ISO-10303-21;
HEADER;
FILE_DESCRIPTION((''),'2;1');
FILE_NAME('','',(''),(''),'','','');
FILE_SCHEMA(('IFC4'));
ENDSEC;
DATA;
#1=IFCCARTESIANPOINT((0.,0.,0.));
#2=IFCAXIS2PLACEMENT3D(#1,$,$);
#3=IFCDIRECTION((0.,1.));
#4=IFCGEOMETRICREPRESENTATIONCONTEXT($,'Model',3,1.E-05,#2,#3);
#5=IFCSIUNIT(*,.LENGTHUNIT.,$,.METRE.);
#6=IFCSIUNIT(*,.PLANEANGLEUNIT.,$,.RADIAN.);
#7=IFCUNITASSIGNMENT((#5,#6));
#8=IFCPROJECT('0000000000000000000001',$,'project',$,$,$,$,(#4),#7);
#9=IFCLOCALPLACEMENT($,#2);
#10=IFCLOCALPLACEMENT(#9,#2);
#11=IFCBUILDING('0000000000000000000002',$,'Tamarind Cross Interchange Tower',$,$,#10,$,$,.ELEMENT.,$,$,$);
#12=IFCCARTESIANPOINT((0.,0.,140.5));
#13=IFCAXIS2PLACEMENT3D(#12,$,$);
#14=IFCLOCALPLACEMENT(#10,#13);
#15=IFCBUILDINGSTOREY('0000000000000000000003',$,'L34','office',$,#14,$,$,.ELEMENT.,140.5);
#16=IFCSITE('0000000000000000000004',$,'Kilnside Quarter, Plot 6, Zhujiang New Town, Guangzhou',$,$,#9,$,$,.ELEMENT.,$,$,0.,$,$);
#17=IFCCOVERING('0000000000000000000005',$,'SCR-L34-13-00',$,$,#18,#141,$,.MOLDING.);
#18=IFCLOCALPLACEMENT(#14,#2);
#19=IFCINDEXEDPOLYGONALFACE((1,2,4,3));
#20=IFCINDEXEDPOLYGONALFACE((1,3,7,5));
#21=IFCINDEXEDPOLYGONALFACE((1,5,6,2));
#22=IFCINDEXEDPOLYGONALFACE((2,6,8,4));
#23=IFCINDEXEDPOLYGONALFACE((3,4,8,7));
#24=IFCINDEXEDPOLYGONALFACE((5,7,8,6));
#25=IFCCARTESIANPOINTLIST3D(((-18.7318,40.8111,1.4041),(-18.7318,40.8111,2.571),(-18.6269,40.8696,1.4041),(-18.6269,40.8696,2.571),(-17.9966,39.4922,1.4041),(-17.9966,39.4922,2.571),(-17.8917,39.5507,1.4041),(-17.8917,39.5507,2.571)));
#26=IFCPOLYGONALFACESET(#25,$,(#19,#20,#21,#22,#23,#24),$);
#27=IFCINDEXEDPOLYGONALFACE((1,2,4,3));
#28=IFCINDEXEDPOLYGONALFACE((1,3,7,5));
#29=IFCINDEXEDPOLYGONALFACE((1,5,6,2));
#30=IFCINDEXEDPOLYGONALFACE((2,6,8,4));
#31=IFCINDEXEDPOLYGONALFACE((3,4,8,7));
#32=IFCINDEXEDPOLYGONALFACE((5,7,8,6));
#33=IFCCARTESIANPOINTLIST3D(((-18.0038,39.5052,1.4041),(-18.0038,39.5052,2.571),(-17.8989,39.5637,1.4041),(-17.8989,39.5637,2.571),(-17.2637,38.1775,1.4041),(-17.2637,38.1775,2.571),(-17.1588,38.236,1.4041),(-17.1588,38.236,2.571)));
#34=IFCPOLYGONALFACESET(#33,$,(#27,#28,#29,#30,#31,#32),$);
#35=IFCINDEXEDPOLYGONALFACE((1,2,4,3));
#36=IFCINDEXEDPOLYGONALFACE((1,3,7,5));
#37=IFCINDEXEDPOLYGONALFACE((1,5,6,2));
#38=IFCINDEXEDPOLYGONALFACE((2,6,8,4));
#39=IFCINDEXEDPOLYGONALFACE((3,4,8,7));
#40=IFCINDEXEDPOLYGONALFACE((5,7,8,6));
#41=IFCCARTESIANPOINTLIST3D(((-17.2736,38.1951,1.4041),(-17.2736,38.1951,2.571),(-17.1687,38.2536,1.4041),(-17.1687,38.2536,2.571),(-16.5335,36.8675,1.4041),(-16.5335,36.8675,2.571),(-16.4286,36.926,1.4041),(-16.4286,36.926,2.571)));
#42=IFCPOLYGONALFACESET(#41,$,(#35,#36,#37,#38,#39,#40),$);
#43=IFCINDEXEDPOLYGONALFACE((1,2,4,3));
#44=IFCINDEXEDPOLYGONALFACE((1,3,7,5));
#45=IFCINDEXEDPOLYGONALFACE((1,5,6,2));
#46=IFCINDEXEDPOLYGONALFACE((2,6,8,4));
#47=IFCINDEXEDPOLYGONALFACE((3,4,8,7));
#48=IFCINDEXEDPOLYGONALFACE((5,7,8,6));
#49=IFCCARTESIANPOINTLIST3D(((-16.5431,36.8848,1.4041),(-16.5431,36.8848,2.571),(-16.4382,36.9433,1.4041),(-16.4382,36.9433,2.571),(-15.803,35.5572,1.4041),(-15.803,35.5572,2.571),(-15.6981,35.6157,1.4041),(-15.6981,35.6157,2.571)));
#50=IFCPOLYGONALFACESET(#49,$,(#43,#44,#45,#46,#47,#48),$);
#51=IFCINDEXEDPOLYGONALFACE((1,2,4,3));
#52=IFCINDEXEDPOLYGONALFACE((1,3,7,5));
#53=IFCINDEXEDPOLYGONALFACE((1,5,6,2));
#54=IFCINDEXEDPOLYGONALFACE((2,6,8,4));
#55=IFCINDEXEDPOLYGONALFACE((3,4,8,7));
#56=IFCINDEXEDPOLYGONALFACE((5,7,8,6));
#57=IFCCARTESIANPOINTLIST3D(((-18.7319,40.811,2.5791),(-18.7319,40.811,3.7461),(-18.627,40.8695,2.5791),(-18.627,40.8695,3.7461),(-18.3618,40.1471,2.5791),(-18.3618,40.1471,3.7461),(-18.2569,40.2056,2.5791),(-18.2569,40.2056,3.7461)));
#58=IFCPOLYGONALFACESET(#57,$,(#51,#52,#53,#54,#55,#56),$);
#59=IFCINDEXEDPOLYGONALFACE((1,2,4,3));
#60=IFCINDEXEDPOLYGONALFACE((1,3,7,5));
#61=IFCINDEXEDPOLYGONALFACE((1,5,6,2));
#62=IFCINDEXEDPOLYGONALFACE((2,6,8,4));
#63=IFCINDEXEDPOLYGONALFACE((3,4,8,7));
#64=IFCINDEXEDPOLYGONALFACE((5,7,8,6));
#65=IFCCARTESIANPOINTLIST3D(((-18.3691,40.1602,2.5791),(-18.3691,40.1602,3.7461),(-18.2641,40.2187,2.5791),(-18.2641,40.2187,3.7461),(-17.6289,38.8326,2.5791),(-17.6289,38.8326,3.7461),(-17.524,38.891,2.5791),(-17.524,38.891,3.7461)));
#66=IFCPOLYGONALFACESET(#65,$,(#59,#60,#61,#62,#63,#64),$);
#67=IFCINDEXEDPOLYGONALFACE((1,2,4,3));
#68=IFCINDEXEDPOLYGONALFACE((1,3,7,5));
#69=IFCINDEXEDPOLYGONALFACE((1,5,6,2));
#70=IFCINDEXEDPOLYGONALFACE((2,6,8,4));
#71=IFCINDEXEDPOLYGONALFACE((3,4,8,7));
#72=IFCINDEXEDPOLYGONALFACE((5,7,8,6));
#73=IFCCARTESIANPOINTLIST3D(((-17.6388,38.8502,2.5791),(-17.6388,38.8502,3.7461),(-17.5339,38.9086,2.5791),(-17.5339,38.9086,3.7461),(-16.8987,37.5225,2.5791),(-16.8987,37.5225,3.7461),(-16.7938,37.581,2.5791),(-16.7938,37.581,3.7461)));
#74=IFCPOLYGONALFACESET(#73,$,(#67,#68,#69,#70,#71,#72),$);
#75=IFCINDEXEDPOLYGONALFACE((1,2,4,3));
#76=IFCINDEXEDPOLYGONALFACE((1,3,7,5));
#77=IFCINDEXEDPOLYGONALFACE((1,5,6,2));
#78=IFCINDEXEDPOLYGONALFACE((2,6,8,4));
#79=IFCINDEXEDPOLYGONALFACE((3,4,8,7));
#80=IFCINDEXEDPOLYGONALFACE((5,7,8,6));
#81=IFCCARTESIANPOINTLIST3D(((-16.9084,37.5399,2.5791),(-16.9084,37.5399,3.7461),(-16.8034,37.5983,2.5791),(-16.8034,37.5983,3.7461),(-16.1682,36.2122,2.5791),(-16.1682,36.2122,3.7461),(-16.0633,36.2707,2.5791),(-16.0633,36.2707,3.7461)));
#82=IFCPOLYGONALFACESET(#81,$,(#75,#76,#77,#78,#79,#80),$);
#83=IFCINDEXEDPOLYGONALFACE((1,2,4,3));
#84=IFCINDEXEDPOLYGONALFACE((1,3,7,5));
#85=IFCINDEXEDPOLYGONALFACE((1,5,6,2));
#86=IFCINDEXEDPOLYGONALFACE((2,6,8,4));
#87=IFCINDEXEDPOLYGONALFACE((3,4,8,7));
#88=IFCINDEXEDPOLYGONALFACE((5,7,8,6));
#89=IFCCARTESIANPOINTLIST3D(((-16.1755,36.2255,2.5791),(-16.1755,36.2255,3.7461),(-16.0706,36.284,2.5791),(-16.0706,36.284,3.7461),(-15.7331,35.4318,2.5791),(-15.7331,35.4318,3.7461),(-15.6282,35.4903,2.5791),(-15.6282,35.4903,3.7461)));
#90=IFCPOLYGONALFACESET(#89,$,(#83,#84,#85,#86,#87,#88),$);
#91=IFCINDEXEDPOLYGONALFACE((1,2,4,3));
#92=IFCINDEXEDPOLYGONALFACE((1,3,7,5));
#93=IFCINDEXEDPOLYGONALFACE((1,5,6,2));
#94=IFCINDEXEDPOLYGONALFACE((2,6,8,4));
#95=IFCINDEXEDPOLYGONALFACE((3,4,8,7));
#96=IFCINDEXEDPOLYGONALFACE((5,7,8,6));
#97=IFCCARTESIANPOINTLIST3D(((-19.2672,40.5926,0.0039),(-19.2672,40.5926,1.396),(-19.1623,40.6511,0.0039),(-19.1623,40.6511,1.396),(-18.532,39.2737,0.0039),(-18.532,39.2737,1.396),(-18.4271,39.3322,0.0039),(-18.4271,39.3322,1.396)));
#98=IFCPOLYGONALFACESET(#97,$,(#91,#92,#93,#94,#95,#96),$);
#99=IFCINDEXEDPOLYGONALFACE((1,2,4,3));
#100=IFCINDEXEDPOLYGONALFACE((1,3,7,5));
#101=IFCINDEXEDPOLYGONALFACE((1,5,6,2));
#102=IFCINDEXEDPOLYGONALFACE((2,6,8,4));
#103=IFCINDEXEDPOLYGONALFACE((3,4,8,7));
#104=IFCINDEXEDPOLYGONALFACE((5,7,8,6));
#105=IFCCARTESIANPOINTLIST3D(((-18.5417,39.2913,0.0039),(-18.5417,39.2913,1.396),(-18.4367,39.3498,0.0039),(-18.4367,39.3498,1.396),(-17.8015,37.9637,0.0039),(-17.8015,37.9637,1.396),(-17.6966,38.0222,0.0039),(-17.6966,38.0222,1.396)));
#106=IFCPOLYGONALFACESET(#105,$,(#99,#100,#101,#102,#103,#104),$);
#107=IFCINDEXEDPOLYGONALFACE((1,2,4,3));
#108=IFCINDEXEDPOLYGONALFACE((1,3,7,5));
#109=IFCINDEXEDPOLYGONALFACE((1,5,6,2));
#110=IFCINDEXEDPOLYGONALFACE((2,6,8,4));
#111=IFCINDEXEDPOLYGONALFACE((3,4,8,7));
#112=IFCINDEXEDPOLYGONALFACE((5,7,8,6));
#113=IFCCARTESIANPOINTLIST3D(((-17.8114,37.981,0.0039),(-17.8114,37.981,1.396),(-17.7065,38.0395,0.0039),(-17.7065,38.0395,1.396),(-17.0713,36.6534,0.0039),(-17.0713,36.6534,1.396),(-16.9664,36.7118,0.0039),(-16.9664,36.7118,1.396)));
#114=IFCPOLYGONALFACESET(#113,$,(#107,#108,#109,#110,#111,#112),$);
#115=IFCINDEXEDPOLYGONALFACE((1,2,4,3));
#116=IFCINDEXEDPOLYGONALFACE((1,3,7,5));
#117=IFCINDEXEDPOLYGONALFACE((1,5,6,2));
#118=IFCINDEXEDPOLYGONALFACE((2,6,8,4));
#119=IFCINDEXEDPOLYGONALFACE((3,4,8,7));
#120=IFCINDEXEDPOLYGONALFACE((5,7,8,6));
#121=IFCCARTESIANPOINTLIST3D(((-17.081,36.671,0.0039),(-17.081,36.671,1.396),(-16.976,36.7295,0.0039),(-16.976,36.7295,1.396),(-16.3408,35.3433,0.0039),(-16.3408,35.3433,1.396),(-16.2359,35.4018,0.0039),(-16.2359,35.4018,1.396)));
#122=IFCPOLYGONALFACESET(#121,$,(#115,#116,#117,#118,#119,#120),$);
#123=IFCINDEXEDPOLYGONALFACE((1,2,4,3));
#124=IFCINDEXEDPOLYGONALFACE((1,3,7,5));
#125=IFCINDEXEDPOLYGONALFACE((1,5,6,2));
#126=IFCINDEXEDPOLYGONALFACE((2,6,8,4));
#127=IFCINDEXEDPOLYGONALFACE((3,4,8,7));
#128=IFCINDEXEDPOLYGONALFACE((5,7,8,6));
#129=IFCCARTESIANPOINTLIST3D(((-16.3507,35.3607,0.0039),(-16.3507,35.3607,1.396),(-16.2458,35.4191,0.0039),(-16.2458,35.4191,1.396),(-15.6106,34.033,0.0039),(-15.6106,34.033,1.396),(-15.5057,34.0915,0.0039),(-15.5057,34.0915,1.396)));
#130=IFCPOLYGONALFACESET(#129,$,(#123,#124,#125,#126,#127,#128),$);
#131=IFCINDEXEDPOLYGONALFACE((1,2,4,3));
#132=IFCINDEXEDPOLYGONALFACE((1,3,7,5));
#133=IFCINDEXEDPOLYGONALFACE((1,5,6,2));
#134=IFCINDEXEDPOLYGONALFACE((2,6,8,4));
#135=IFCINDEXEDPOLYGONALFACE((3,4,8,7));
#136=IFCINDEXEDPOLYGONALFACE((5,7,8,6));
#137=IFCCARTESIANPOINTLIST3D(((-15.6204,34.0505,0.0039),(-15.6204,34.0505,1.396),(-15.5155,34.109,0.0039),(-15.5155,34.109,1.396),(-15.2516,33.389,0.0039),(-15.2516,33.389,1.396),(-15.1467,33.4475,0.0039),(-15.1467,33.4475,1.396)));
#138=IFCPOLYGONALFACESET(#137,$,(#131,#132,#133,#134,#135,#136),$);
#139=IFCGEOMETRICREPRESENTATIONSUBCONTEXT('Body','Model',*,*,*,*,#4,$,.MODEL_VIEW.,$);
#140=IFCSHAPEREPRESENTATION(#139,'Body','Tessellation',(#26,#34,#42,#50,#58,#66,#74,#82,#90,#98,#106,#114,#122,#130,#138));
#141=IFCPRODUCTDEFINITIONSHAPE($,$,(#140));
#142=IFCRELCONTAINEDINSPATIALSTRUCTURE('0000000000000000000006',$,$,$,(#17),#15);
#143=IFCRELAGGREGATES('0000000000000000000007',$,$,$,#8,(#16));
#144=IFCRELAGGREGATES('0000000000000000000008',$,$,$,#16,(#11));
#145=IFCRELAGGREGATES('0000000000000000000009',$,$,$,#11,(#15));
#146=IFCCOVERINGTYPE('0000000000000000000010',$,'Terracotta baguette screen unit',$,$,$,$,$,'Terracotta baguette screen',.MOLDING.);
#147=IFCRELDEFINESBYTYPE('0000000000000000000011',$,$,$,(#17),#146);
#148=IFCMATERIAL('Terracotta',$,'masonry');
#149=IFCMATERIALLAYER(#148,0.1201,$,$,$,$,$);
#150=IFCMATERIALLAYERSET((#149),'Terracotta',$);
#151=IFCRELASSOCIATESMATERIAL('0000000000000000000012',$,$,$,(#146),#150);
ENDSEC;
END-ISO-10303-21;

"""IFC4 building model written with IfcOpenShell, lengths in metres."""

from ifc_helpers import new_model, si_unit, direction, frame, origin, origin_2d, place, context, subcontext, project, spatial, rectangle, extrude, material, layer, layer_set, type_object, element, save


model = new_model("IFC4")

# Units and contexts
model_context = context("Model", 3, precision=1e-05, world=origin(), true_north=direction((0.0, 1.0)))
body_context = subcontext(model_context, "Body", "Model", "MODEL_VIEW")
ifc_project = project(units=[si_unit("LENGTHUNIT", "METRE"), si_unit("PLANEANGLEUNIT", "RADIAN")], contexts=[model_context])

# Site, building, storey
site_placement = place(None, origin())
site = spatial("IfcSite", under=ifc_project, at=site_placement, Name="Kilnside Quarter, Plot 6, Zhujiang New Town, Guangzhou", CompositionType="ELEMENT", RefElevation=0.0)
building_placement = place(site_placement, origin())
building = spatial("IfcBuilding", under=site, at=building_placement, Name="Tamarind Cross Interchange Tower", CompositionType="ELEMENT")
storey_placement = place(building_placement, frame((0.0, 0.0, 140.5)))
storey = spatial("IfcBuildingStorey", under=building, at=storey_placement, Name="L34", Description="office", CompositionType="ELEMENT", Elevation=140.5)

# Covering
ifc_material_1 = material(Name="Terracotta", Category="masonry")
ifc_layer_1 = layer(ifc_material_1, 0.1201)
ifc_layer_set_1 = layer_set([ifc_layer_1], Name="Terracotta")
covering_type = type_object("IfcCoveringType", Name="Terracotta baguette screen unit", ElementType="Terracotta baguette screen", PredefinedType="MOLDING", material=ifc_layer_set_1)
covering_1_placement = place(storey_placement, origin())
element("IfcCovering", 1, at=covering_1_placement, inside=storey, type_object=covering_type, Name="SCR-L34-13-00", PredefinedType="MOLDING", context=body_context, shape_type="SweptSolid", body=[
    extrude(rectangle(XDim=1.51, YDim=0.1201, at=origin_2d()), frame((-18.3118, 40.1809, 1.4041), z_axis=(0.0, 0.0, 1.0), x_axis=(0.486915, -0.87345, 0.0)), (0.0, 0.0, 1.0), 1.167),
    extrude(rectangle(XDim=1.52, YDim=0.1201, at=origin_2d()), frame((-17.5813, 38.8706, 1.4041), z_axis=(0.0, 0.0, 1.0), x_axis=(0.486915, -0.87345, 0.0)), (0.0, 0.0, 1.0), 1.167),
    extrude(rectangle(XDim=1.52, YDim=0.1201, at=origin_2d()), frame((-16.8511, 37.5605, 1.4041), z_axis=(0.0, 0.0, 1.0), x_axis=(0.486915, -0.87345, 0.0)), (0.0, 0.0, 1.0), 1.167),
    extrude(rectangle(XDim=1.52, YDim=0.1201, at=origin_2d()), frame((-16.1206, 36.2502, 1.4041), z_axis=(0.0, 0.0, 1.0), x_axis=(0.486915, -0.87345, 0.0)), (0.0, 0.0, 1.0), 1.167),
    extrude(rectangle(XDim=0.76, YDim=0.1201, at=origin_2d()), frame((-18.4944, 40.5083, 2.5791), z_axis=(0.0, 0.0, 1.0), x_axis=(0.486915, -0.87345, 0.0)), (0.0, 0.0, 1.0), 1.167),
    extrude(rectangle(XDim=1.52, YDim=0.1201, at=origin_2d()), frame((-17.9465, 39.5256, 2.5791), z_axis=(0.0, 0.0, 1.0), x_axis=(0.486915, -0.87345, 0.0)), (0.0, 0.0, 1.0), 1.167),
    extrude(rectangle(XDim=1.52, YDim=0.1201, at=origin_2d()), frame((-17.2163, 38.2156, 2.5791), z_axis=(0.0, 0.0, 1.0), x_axis=(0.486915, -0.87345, 0.0)), (0.0, 0.0, 1.0), 1.167),
    extrude(rectangle(XDim=1.52, YDim=0.1201, at=origin_2d()), frame((-16.4858, 36.9053, 2.5791), z_axis=(0.0, 0.0, 1.0), x_axis=(0.486915, -0.87345, 0.0)), (0.0, 0.0, 1.0), 1.167),
    extrude(rectangle(XDim=0.9087, YDim=0.1201, at=origin_2d()), frame((-15.9019, 35.8579, 2.5791), z_axis=(0.0, 0.0, 1.0), x_axis=(0.486915, -0.87345, 0.0)), (0.0, 0.0, 1.0), 1.167),
    extrude(rectangle(XDim=1.51, YDim=0.1201, at=origin_2d()), frame((-18.8472, 39.9624, 0.0039), z_axis=(0.0, 0.0, 1.0), x_axis=(0.486915, -0.87345, 0.0)), (0.0, 0.0, 1.0), 1.3921),
    extrude(rectangle(XDim=1.52, YDim=0.1201, at=origin_2d()), frame((-18.1191, 38.6567, 0.0039), z_axis=(0.0, 0.0, 1.0), x_axis=(0.486915, -0.87345, 0.0)), (0.0, 0.0, 1.0), 1.3921),
    extrude(rectangle(XDim=1.52, YDim=0.1201, at=origin_2d()), frame((-17.3889, 37.3464, 0.0039), z_axis=(0.0, 0.0, 1.0), x_axis=(0.486915, -0.87345, 0.0)), (0.0, 0.0, 1.0), 1.3921),
    extrude(rectangle(XDim=1.52, YDim=0.1201, at=origin_2d()), frame((-16.6584, 36.0364, 0.0039), z_axis=(0.0, 0.0, 1.0), x_axis=(0.486915, -0.87345, 0.0)), (0.0, 0.0, 1.0), 1.3921),
    extrude(rectangle(XDim=1.52, YDim=0.1201, at=origin_2d()), frame((-15.9282, 34.7261, 0.0039), z_axis=(0.0, 0.0, 1.0), x_axis=(0.486915, -0.87345, 0.0)), (0.0, 0.0, 1.0), 1.3921),
    extrude(rectangle(XDim=0.7573, YDim=0.1201, at=origin_2d()), frame((-15.3835, 33.749, 0.0039), z_axis=(0.0, 0.0, 1.0), x_axis=(0.486915, -0.87345, 0.0)), (0.0, 0.0, 1.0), 1.3921),
])

save(model, "model.ifc")
